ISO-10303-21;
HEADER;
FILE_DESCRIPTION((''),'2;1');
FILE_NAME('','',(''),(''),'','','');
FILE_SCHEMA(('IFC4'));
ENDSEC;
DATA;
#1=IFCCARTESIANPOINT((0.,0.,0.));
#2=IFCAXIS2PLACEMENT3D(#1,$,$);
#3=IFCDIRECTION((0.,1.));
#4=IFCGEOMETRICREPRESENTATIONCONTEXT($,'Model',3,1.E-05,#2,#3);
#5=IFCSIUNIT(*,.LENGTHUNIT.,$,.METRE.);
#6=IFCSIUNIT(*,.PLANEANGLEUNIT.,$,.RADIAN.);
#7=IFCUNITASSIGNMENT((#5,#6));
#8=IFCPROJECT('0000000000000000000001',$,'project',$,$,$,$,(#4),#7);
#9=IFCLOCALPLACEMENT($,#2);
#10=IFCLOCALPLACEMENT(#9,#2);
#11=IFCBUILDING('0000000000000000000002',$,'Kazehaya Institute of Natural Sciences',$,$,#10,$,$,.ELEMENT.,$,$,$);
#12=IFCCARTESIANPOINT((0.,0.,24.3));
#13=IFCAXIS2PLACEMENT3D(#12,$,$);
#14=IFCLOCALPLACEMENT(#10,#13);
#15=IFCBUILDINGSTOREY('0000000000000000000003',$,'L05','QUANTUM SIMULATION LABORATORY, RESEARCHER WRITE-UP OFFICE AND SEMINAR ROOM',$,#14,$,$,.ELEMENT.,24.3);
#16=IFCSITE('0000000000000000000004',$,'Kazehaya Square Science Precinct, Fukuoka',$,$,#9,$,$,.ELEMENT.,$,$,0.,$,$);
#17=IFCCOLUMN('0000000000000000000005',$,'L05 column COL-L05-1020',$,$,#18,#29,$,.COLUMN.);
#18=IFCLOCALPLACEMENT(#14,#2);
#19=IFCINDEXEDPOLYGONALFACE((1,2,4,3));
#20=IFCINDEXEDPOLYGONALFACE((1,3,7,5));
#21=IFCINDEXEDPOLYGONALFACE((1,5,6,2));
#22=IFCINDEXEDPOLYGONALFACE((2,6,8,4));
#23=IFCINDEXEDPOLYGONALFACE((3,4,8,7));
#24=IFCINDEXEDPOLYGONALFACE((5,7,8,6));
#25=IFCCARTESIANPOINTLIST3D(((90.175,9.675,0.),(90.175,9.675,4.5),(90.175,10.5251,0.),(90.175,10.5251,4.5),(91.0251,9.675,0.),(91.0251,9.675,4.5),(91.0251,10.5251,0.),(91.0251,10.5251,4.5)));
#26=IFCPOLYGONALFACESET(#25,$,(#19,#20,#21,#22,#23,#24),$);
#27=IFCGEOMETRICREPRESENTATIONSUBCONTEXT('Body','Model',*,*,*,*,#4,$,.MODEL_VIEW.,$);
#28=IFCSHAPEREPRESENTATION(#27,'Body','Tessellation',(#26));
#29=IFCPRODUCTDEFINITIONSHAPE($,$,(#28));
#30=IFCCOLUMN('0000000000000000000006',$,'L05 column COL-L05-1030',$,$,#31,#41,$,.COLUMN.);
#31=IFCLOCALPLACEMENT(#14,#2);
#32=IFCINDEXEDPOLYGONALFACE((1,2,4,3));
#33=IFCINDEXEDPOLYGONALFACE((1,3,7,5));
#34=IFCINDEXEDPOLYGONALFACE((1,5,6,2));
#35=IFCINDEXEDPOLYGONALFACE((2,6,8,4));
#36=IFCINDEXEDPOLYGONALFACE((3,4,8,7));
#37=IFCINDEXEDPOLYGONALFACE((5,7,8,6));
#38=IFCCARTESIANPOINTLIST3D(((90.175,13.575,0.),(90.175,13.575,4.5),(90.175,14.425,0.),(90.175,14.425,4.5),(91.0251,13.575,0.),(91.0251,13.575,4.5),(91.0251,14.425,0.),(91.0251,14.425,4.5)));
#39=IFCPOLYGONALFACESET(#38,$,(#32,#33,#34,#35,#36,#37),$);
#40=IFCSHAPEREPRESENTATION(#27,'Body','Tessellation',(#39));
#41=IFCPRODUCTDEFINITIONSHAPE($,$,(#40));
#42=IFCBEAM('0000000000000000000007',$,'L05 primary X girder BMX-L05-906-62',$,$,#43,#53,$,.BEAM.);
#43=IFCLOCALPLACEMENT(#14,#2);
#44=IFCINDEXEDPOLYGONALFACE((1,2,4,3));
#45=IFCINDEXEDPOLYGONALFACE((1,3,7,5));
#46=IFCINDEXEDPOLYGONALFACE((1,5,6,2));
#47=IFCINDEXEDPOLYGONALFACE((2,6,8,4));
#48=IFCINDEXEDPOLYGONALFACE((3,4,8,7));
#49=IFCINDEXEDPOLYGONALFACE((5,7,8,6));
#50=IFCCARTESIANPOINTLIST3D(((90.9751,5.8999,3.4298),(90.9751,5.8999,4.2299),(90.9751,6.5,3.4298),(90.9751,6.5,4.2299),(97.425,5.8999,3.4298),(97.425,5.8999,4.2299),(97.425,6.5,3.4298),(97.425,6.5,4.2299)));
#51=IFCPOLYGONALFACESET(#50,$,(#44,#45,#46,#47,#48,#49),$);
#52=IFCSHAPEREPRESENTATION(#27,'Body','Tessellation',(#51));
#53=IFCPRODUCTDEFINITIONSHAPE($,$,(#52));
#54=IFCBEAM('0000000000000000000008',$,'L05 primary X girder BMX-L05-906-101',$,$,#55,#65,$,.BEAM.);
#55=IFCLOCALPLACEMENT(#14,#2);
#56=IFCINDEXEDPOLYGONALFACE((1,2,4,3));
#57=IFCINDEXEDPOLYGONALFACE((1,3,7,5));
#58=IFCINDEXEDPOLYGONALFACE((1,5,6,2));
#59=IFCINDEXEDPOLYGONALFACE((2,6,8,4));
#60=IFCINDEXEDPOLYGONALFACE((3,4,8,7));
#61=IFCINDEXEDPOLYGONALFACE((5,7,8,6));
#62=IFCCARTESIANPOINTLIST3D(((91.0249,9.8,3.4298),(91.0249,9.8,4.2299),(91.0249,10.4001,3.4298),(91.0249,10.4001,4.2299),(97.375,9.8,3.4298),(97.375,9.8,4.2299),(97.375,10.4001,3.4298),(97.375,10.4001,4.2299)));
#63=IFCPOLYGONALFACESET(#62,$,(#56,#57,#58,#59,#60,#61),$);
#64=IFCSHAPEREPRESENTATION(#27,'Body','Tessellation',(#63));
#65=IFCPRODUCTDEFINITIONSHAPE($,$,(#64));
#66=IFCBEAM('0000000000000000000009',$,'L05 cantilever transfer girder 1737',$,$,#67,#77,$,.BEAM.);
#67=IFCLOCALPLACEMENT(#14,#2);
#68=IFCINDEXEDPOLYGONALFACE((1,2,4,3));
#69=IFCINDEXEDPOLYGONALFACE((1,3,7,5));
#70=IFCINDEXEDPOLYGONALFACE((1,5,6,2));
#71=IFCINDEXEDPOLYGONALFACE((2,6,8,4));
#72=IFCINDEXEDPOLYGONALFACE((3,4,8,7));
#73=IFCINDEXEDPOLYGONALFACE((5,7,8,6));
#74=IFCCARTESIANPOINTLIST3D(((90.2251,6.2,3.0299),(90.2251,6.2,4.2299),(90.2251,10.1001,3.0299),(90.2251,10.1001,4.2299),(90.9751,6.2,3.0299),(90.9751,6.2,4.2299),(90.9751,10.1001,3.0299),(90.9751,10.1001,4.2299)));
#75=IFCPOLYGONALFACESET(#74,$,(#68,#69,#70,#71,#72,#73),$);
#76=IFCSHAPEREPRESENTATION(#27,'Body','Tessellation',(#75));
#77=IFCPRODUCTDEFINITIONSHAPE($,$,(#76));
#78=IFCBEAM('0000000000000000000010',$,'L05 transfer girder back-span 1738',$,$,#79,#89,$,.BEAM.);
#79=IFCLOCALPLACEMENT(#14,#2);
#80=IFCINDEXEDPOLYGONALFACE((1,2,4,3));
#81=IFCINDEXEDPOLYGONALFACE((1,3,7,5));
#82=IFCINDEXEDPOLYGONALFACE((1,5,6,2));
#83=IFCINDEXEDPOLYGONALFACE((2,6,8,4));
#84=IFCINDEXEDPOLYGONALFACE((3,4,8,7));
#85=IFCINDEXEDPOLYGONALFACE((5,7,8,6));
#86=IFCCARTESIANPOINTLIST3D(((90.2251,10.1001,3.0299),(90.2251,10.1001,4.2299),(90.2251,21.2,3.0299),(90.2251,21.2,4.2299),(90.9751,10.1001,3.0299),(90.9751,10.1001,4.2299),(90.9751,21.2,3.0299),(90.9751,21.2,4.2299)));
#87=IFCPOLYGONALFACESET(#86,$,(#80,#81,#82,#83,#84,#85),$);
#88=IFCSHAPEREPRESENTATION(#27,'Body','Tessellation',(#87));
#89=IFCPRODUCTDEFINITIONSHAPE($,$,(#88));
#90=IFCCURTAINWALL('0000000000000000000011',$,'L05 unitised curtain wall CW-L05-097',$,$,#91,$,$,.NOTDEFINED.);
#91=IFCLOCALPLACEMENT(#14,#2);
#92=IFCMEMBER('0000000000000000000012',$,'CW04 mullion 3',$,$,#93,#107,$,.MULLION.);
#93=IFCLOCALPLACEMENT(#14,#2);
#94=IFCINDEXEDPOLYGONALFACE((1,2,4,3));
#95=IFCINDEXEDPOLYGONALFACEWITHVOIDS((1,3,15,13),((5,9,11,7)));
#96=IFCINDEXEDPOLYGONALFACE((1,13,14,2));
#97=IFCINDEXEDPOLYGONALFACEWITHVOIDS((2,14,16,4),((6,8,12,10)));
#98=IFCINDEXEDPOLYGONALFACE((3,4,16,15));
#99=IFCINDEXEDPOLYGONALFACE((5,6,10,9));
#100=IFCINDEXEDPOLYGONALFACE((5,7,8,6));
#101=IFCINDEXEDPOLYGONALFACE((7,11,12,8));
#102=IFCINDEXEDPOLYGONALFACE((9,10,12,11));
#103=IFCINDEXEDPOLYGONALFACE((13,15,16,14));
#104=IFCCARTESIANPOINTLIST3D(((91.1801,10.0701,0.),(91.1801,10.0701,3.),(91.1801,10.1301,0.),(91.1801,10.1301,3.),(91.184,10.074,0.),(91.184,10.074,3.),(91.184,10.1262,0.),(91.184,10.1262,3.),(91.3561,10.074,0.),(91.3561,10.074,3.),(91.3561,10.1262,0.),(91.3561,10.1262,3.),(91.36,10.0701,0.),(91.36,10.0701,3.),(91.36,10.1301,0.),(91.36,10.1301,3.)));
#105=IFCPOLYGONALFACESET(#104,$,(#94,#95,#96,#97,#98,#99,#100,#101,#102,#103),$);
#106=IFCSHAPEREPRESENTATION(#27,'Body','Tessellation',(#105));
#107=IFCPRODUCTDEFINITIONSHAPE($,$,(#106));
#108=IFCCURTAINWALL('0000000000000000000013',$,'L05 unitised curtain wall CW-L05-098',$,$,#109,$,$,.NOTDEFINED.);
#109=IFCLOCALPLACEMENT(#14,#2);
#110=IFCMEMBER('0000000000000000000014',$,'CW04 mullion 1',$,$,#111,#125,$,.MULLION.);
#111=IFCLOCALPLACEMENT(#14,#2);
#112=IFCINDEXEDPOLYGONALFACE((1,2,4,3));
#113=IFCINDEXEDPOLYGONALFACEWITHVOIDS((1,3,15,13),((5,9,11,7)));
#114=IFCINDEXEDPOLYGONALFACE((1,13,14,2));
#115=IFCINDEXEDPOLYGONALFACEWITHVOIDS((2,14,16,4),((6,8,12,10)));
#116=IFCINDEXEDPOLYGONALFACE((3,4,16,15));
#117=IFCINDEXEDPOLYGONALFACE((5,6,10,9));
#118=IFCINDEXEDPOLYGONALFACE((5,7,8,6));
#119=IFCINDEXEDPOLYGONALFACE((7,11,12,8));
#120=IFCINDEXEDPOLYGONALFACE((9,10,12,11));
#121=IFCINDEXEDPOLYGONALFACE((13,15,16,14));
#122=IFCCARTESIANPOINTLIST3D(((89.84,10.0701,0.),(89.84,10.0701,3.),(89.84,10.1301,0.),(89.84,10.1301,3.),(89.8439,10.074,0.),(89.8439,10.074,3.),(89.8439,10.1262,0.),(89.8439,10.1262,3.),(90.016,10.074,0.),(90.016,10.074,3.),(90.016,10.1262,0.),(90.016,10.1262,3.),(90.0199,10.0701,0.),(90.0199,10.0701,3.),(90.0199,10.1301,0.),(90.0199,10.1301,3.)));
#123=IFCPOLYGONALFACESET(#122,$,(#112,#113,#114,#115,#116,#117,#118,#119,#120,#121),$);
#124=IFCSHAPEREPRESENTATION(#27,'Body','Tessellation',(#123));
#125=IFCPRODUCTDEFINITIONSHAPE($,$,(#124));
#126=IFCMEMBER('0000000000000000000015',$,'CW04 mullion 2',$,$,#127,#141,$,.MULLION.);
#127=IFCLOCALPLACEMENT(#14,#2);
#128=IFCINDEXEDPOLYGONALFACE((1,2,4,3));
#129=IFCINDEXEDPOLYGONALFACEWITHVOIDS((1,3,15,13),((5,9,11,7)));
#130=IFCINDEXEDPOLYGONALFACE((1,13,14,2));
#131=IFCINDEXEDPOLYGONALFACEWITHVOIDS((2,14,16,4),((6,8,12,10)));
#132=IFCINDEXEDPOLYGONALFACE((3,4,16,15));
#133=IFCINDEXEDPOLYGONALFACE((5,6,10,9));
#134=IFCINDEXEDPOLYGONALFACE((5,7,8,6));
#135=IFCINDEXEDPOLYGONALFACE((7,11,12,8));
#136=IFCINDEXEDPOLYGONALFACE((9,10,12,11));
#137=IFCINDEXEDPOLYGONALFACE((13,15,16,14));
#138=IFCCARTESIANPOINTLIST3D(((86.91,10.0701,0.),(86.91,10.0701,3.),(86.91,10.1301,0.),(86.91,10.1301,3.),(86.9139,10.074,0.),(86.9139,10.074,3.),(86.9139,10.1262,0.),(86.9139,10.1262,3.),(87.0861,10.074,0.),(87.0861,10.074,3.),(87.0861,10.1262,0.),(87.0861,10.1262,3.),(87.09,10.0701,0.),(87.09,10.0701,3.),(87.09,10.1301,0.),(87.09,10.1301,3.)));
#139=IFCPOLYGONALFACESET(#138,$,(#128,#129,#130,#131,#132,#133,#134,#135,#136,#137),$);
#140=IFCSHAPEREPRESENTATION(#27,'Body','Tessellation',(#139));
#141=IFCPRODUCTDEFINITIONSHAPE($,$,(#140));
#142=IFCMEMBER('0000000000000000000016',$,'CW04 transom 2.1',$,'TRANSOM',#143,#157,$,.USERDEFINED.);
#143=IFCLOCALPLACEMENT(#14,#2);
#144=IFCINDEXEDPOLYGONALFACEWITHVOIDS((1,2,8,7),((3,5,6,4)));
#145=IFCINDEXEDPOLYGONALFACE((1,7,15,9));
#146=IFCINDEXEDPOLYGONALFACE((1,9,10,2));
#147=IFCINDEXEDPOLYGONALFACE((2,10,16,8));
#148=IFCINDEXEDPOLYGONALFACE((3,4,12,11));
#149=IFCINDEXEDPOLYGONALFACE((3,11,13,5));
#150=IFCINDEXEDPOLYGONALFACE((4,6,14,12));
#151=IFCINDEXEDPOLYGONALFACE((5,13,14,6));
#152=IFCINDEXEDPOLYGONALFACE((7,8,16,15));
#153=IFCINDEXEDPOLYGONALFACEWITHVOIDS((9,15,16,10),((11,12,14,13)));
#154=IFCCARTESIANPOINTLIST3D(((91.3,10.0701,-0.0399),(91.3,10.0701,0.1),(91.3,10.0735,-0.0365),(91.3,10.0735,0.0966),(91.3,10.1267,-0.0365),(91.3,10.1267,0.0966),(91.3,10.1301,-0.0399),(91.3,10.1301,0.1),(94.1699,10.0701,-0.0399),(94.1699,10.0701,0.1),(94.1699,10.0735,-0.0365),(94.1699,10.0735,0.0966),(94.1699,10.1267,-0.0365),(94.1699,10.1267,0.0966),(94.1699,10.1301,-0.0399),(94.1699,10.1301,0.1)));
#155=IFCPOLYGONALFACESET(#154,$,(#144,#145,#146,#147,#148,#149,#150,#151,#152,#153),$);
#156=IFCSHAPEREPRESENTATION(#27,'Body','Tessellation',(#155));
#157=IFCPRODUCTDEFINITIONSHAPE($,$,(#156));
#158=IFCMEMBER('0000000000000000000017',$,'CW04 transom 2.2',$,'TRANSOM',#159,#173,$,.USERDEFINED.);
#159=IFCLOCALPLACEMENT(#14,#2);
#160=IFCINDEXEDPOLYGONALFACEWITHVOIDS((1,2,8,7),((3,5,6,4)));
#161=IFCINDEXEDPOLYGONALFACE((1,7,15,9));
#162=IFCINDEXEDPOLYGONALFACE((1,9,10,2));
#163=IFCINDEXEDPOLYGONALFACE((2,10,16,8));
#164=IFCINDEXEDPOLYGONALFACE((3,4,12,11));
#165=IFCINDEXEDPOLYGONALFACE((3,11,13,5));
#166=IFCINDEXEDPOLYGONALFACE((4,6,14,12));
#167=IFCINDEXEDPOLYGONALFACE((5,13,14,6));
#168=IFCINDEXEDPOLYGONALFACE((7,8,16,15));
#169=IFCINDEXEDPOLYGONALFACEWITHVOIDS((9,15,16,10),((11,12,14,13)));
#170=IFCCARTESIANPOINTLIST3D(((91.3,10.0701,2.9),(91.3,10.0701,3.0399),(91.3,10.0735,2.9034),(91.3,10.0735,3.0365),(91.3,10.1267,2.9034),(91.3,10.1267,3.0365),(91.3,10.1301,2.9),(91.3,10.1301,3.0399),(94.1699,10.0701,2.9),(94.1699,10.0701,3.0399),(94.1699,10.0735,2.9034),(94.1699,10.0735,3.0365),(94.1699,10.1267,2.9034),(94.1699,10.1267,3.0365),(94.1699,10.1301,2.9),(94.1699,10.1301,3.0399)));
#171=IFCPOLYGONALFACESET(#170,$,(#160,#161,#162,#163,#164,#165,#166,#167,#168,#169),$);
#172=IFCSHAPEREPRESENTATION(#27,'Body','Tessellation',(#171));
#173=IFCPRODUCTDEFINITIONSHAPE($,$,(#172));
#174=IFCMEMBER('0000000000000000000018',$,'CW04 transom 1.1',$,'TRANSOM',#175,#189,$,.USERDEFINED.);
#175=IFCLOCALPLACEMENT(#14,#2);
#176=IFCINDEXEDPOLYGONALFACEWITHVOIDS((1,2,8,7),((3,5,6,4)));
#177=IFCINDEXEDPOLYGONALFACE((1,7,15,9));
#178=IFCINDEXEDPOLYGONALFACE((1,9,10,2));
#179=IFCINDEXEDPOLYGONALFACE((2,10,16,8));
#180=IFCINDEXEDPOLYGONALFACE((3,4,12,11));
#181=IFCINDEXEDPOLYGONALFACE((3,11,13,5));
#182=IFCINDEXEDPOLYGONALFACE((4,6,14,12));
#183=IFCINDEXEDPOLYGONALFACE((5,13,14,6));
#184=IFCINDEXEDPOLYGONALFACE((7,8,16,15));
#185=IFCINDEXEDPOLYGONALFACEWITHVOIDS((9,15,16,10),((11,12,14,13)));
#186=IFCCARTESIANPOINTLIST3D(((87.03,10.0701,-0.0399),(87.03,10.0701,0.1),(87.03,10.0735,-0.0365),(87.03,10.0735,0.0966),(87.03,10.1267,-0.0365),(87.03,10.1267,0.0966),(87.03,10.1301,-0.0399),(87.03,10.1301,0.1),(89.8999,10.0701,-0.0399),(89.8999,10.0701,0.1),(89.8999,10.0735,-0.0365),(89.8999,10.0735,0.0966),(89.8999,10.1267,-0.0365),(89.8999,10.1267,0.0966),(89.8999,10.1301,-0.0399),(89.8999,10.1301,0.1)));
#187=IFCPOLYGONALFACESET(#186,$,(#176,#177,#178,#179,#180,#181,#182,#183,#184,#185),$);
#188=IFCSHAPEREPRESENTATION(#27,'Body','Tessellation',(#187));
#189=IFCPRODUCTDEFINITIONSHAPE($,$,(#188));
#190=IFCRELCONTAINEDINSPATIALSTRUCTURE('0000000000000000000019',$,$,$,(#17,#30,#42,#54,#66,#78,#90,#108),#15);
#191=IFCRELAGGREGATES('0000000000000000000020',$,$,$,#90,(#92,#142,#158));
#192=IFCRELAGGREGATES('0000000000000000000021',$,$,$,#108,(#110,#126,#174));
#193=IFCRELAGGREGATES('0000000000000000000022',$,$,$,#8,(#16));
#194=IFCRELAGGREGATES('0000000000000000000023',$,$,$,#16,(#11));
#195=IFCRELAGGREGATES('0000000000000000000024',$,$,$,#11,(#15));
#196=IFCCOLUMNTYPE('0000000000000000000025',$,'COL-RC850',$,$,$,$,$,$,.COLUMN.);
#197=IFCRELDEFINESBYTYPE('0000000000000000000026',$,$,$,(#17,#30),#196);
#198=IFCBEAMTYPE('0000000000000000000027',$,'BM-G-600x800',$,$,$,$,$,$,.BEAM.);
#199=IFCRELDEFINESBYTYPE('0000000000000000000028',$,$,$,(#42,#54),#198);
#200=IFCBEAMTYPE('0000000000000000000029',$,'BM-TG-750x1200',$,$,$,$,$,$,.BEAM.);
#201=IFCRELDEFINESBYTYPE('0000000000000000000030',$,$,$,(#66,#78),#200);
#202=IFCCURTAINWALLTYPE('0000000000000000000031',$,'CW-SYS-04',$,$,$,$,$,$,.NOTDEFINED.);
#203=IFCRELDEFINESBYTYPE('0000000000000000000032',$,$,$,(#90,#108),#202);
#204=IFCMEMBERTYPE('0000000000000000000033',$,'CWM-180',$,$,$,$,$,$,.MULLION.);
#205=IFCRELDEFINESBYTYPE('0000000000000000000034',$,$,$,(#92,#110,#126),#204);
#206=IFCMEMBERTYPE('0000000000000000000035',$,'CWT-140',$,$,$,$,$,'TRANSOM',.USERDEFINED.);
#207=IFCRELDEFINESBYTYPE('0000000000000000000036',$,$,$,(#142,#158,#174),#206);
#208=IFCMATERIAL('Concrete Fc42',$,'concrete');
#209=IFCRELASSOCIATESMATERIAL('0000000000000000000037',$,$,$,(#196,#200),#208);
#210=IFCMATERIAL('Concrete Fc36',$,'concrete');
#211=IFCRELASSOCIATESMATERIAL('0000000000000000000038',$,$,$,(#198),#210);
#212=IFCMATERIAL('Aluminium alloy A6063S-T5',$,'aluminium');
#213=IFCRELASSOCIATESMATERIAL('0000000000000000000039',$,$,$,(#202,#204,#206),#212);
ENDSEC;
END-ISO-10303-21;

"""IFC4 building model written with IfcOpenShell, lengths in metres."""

from ifc_helpers import new_model, si_unit, direction, frame, origin, origin_2d, place, context, subcontext, project, spatial, rectangle, hollow_rectangle, extrude, material, material_profile, profile_set, type_object, element, aggregate, save


model = new_model("IFC4")

# Units and contexts
model_context = context("Model", 3, precision=1e-05, world=origin(), true_north=direction((0.0, 1.0)))
body_context = subcontext(model_context, "Body", "Model", "MODEL_VIEW")
ifc_project = project(units=[si_unit("LENGTHUNIT", "METRE"), si_unit("PLANEANGLEUNIT", "RADIAN")], contexts=[model_context])

# Site, building, storey
site_placement = place(None, origin())
site = spatial("IfcSite", under=ifc_project, at=site_placement, Name="Kazehaya Square Science Precinct, Fukuoka", CompositionType="ELEMENT", RefElevation=0.0)
building_placement = place(site_placement, origin())
building = spatial("IfcBuilding", under=site, at=building_placement, Name="Kazehaya Institute of Natural Sciences", CompositionType="ELEMENT")
storey_placement = place(building_placement, frame((0.0, 0.0, 24.3)))
storey = spatial("IfcBuildingStorey", under=building, at=storey_placement, Name="L05", Description="QUANTUM SIMULATION LABORATORY, RESEARCHER WRITE-UP OFFICE AND SEMINAR ROOM", CompositionType="ELEMENT", Elevation=24.3)

# Columns
ifc_material_1 = material(Name="Concrete Fc42", Category="concrete")
ifc_material_profile_1 = material_profile(ifc_material_1, rectangle(XDim=0.8501, YDim=0.8501, at=origin_2d()), Name="RC-850x850")
ifc_profile_set_1 = profile_set([ifc_material_profile_1], Name="Concrete Fc42")
column_type = type_object("IfcColumnType", Name="COL-RC850", PredefinedType="COLUMN", material=ifc_profile_set_1)
for number, where, z_axis, x_axis, name in (
    (1, (90.6001, 10.1001, 0.0), (0.0, 0.0, 1.0), (1.0, 0.0, 0.0), "L05 column COL-L05-1020"),
    (2, (90.6001, 14.0, 0.0), (0.0, 0.0, 1.0), (1.0, 0.0, 0.0), "L05 column COL-L05-1030"),
):
    element("IfcColumn", number, at=place(storey_placement, frame(where, z_axis=z_axis, x_axis=x_axis)), inside=storey, type_object=column_type, Name=name, PredefinedType="COLUMN", context=body_context, shape_type="SweptSolid", body=[
        extrude(rectangle(XDim=0.8501, YDim=0.8501, at=origin_2d()), origin(), (0.0, 0.0, 1.0), 4.5),
    ])

# Beams
ifc_material_2 = material(Name="Concrete Fc36", Category="concrete")
ifc_material_profile_2 = material_profile(ifc_material_2, rectangle(XDim=0.6001, YDim=0.8, at=origin_2d()), Name="RC-600x800")
ifc_profile_set_2 = profile_set([ifc_material_profile_2], Name="Concrete Fc36")
beam_type_1 = type_object("IfcBeamType", Name="BM-G-600x800", PredefinedType="BEAM", material=ifc_profile_set_2)
beam_1_placement = place(storey_placement, frame((90.9751, 6.2, 3.8298), z_axis=(1.0, 0.0, 0.0), x_axis=(0.0, 1.0, 0.0)))
element("IfcBeam", 3, at=beam_1_placement, inside=storey, type_object=beam_type_1, Name="L05 primary X girder BMX-L05-906-62", PredefinedType="BEAM", context=body_context, shape_type="SweptSolid", body=[
    extrude(rectangle(XDim=0.6001, YDim=0.8, at=origin_2d()), origin(), (0.0, 0.0, 1.0), 6.45),
])
beam_2_placement = place(storey_placement, frame((91.0249, 10.1001, 3.8298), z_axis=(1.0, 0.0, 0.0), x_axis=(0.0, 1.0, 0.0)))
element("IfcBeam", 4, at=beam_2_placement, inside=storey, type_object=beam_type_1, Name="L05 primary X girder BMX-L05-906-101", PredefinedType="BEAM", context=body_context, shape_type="SweptSolid", body=[
    extrude(rectangle(XDim=0.6001, YDim=0.8, at=origin_2d()), origin(), (0.0, 0.0, 1.0), 6.3501),
])
ifc_material_profile_3 = material_profile(ifc_material_1, rectangle(XDim=0.75, YDim=1.2, at=origin_2d()), Name="RC-750x1200")
ifc_profile_set_3 = profile_set([ifc_material_profile_3], Name="Concrete Fc42")
beam_type_2 = type_object("IfcBeamType", Name="BM-TG-750x1200", PredefinedType="BEAM", material=ifc_profile_set_3)
beam_3_placement = place(storey_placement, frame((90.6001, 6.2, 3.6299), z_axis=(0.0, 1.0, 0.0), x_axis=(-1.0, 0.0, 0.0)))
element("IfcBeam", 5, at=beam_3_placement, inside=storey, type_object=beam_type_2, Name="L05 cantilever transfer girder 1737", PredefinedType="BEAM", context=body_context, shape_type="SweptSolid", body=[
    extrude(rectangle(XDim=0.75, YDim=1.2, at=origin_2d()), origin(), (0.0, 0.0, 1.0), 3.9001),
])
beam_4_placement = place(storey_placement, frame((90.6001, 10.1001, 3.6299), z_axis=(0.0, 1.0, 0.0), x_axis=(-1.0, 0.0, 0.0)))
element("IfcBeam", 6, at=beam_4_placement, inside=storey, type_object=beam_type_2, Name="L05 transfer girder back-span 1738", PredefinedType="BEAM", context=body_context, shape_type="SweptSolid", body=[
    extrude(rectangle(XDim=0.75, YDim=1.2, at=origin_2d()), origin(), (0.0, 0.0, 1.0), 11.0999),
])

# Curtain wall, member
ifc_material_3 = material(Name="Aluminium alloy A6063S-T5", Category="aluminium")
curtain_wall_type = type_object("IfcCurtainWallType", Name="CW-SYS-04", PredefinedType="NOTDEFINED", material=ifc_material_3)
curtain_wall_1_placement = place(storey_placement, origin())
curtain_wall_1 = element("IfcCurtainWall", 7, at=curtain_wall_1_placement, inside=storey, type_object=curtain_wall_type, Name="L05 unitised curtain wall CW-L05-097", PredefinedType="NOTDEFINED")
ifc_material_profile_4 = material_profile(ifc_material_3, hollow_rectangle(XDim=0.0601, YDim=0.1799, WallThickness=0.0039, at=origin_2d()), Name="ALU-60x180x4")
ifc_profile_set_4 = profile_set([ifc_material_profile_4], Name="Aluminium alloy A6063S-T5")
member_type_1 = type_object("IfcMemberType", Name="CWM-180", PredefinedType="MULLION", material=ifc_profile_set_4)
member_1_placement = place(storey_placement, frame((91.27, 10.1001, 0.0), z_axis=(0.0, 0.0, 1.0), x_axis=(0.0, -1.0, 0.0)))
member_1 = element("IfcMember", 8, at=member_1_placement, type_object=member_type_1, Name="CW04 mullion 3", PredefinedType="MULLION", context=body_context, shape_type="SweptSolid", body=[
    extrude(hollow_rectangle(XDim=0.0601, YDim=0.1799, WallThickness=0.0039, at=origin_2d()), origin(), (0.0, 0.0, 1.0), 3.0),
])

# Curtain wall, members
curtain_wall_2_placement = place(storey_placement, origin())
curtain_wall_2 = element("IfcCurtainWall", 9, at=curtain_wall_2_placement, inside=storey, type_object=curtain_wall_type, Name="L05 unitised curtain wall CW-L05-098", PredefinedType="NOTDEFINED")
member_2_placement = place(storey_placement, frame((89.9299, 10.1001, 0.0), z_axis=(0.0, 0.0, 1.0), x_axis=(0.0, -1.0, 0.0)))
member_2 = element("IfcMember", 10, at=member_2_placement, type_object=member_type_1, Name="CW04 mullion 1", PredefinedType="MULLION", context=body_context, shape_type="SweptSolid", body=[
    extrude(hollow_rectangle(XDim=0.0601, YDim=0.1799, WallThickness=0.0039, at=origin_2d()), origin(), (0.0, 0.0, 1.0), 3.0),
])
member_3_placement = place(storey_placement, frame((87.0, 10.1001, 0.0), z_axis=(0.0, 0.0, 1.0), x_axis=(0.0, -1.0, 0.0)))
member_3 = element("IfcMember", 11, at=member_3_placement, type_object=member_type_1, Name="CW04 mullion 2", PredefinedType="MULLION", context=body_context, shape_type="SweptSolid", body=[
    extrude(hollow_rectangle(XDim=0.0601, YDim=0.1799, WallThickness=0.0039, at=origin_2d()), origin(), (0.0, 0.0, 1.0), 3.0),
])

# Members
ifc_material_profile_5 = material_profile(ifc_material_3, hollow_rectangle(XDim=0.0601, YDim=0.1399, WallThickness=0.0034, at=origin_2d()), Name="ALU-60x140x3.5")
ifc_profile_set_5 = profile_set([ifc_material_profile_5], Name="Aluminium alloy A6063S-T5")
member_type_2 = type_object("IfcMemberType", Name="CWT-140", ElementType="TRANSOM", PredefinedType="USERDEFINED", material=ifc_profile_set_5)
member_4_placement = place(storey_placement, frame((94.1699, 10.1001, 0.03), z_axis=(-1.0, 0.0, 0.0), x_axis=(0.0, -1.0, 0.0)))
member_4 = element("IfcMember", 12, at=member_4_placement, type_object=member_type_2, Name="CW04 transom 2.1", ObjectType="TRANSOM", PredefinedType="USERDEFINED", context=body_context, shape_type="SweptSolid", body=[
    extrude(hollow_rectangle(XDim=0.0601, YDim=0.1399, WallThickness=0.0034, at=origin_2d()), origin(), (0.0, 0.0, 1.0), 2.8699),
])
member_5_placement = place(storey_placement, frame((94.1699, 10.1001, 2.97), z_axis=(-1.0, 0.0, 0.0), x_axis=(0.0, -1.0, 0.0)))
member_5 = element("IfcMember", 13, at=member_5_placement, type_object=member_type_2, Name="CW04 transom 2.2", ObjectType="TRANSOM", PredefinedType="USERDEFINED", context=body_context, shape_type="SweptSolid", body=[
    extrude(hollow_rectangle(XDim=0.0601, YDim=0.1399, WallThickness=0.0034, at=origin_2d()), origin(), (0.0, 0.0, 1.0), 2.8699),
])
member_6_placement = place(storey_placement, frame((89.8999, 10.1001, 0.03), z_axis=(-1.0, 0.0, 0.0), x_axis=(0.0, -1.0, 0.0)))
member_6 = element("IfcMember", 14, at=member_6_placement, type_object=member_type_2, Name="CW04 transom 1.1", ObjectType="TRANSOM", PredefinedType="USERDEFINED", context=body_context, shape_type="SweptSolid", body=[
    extrude(hollow_rectangle(XDim=0.0601, YDim=0.1399, WallThickness=0.0034, at=origin_2d()), origin(), (0.0, 0.0, 1.0), 2.8699),
])

aggregate(curtain_wall_1, [member_1, member_4, member_5])
aggregate(curtain_wall_2, [member_2, member_3, member_6])

save(model, "model.ifc")
